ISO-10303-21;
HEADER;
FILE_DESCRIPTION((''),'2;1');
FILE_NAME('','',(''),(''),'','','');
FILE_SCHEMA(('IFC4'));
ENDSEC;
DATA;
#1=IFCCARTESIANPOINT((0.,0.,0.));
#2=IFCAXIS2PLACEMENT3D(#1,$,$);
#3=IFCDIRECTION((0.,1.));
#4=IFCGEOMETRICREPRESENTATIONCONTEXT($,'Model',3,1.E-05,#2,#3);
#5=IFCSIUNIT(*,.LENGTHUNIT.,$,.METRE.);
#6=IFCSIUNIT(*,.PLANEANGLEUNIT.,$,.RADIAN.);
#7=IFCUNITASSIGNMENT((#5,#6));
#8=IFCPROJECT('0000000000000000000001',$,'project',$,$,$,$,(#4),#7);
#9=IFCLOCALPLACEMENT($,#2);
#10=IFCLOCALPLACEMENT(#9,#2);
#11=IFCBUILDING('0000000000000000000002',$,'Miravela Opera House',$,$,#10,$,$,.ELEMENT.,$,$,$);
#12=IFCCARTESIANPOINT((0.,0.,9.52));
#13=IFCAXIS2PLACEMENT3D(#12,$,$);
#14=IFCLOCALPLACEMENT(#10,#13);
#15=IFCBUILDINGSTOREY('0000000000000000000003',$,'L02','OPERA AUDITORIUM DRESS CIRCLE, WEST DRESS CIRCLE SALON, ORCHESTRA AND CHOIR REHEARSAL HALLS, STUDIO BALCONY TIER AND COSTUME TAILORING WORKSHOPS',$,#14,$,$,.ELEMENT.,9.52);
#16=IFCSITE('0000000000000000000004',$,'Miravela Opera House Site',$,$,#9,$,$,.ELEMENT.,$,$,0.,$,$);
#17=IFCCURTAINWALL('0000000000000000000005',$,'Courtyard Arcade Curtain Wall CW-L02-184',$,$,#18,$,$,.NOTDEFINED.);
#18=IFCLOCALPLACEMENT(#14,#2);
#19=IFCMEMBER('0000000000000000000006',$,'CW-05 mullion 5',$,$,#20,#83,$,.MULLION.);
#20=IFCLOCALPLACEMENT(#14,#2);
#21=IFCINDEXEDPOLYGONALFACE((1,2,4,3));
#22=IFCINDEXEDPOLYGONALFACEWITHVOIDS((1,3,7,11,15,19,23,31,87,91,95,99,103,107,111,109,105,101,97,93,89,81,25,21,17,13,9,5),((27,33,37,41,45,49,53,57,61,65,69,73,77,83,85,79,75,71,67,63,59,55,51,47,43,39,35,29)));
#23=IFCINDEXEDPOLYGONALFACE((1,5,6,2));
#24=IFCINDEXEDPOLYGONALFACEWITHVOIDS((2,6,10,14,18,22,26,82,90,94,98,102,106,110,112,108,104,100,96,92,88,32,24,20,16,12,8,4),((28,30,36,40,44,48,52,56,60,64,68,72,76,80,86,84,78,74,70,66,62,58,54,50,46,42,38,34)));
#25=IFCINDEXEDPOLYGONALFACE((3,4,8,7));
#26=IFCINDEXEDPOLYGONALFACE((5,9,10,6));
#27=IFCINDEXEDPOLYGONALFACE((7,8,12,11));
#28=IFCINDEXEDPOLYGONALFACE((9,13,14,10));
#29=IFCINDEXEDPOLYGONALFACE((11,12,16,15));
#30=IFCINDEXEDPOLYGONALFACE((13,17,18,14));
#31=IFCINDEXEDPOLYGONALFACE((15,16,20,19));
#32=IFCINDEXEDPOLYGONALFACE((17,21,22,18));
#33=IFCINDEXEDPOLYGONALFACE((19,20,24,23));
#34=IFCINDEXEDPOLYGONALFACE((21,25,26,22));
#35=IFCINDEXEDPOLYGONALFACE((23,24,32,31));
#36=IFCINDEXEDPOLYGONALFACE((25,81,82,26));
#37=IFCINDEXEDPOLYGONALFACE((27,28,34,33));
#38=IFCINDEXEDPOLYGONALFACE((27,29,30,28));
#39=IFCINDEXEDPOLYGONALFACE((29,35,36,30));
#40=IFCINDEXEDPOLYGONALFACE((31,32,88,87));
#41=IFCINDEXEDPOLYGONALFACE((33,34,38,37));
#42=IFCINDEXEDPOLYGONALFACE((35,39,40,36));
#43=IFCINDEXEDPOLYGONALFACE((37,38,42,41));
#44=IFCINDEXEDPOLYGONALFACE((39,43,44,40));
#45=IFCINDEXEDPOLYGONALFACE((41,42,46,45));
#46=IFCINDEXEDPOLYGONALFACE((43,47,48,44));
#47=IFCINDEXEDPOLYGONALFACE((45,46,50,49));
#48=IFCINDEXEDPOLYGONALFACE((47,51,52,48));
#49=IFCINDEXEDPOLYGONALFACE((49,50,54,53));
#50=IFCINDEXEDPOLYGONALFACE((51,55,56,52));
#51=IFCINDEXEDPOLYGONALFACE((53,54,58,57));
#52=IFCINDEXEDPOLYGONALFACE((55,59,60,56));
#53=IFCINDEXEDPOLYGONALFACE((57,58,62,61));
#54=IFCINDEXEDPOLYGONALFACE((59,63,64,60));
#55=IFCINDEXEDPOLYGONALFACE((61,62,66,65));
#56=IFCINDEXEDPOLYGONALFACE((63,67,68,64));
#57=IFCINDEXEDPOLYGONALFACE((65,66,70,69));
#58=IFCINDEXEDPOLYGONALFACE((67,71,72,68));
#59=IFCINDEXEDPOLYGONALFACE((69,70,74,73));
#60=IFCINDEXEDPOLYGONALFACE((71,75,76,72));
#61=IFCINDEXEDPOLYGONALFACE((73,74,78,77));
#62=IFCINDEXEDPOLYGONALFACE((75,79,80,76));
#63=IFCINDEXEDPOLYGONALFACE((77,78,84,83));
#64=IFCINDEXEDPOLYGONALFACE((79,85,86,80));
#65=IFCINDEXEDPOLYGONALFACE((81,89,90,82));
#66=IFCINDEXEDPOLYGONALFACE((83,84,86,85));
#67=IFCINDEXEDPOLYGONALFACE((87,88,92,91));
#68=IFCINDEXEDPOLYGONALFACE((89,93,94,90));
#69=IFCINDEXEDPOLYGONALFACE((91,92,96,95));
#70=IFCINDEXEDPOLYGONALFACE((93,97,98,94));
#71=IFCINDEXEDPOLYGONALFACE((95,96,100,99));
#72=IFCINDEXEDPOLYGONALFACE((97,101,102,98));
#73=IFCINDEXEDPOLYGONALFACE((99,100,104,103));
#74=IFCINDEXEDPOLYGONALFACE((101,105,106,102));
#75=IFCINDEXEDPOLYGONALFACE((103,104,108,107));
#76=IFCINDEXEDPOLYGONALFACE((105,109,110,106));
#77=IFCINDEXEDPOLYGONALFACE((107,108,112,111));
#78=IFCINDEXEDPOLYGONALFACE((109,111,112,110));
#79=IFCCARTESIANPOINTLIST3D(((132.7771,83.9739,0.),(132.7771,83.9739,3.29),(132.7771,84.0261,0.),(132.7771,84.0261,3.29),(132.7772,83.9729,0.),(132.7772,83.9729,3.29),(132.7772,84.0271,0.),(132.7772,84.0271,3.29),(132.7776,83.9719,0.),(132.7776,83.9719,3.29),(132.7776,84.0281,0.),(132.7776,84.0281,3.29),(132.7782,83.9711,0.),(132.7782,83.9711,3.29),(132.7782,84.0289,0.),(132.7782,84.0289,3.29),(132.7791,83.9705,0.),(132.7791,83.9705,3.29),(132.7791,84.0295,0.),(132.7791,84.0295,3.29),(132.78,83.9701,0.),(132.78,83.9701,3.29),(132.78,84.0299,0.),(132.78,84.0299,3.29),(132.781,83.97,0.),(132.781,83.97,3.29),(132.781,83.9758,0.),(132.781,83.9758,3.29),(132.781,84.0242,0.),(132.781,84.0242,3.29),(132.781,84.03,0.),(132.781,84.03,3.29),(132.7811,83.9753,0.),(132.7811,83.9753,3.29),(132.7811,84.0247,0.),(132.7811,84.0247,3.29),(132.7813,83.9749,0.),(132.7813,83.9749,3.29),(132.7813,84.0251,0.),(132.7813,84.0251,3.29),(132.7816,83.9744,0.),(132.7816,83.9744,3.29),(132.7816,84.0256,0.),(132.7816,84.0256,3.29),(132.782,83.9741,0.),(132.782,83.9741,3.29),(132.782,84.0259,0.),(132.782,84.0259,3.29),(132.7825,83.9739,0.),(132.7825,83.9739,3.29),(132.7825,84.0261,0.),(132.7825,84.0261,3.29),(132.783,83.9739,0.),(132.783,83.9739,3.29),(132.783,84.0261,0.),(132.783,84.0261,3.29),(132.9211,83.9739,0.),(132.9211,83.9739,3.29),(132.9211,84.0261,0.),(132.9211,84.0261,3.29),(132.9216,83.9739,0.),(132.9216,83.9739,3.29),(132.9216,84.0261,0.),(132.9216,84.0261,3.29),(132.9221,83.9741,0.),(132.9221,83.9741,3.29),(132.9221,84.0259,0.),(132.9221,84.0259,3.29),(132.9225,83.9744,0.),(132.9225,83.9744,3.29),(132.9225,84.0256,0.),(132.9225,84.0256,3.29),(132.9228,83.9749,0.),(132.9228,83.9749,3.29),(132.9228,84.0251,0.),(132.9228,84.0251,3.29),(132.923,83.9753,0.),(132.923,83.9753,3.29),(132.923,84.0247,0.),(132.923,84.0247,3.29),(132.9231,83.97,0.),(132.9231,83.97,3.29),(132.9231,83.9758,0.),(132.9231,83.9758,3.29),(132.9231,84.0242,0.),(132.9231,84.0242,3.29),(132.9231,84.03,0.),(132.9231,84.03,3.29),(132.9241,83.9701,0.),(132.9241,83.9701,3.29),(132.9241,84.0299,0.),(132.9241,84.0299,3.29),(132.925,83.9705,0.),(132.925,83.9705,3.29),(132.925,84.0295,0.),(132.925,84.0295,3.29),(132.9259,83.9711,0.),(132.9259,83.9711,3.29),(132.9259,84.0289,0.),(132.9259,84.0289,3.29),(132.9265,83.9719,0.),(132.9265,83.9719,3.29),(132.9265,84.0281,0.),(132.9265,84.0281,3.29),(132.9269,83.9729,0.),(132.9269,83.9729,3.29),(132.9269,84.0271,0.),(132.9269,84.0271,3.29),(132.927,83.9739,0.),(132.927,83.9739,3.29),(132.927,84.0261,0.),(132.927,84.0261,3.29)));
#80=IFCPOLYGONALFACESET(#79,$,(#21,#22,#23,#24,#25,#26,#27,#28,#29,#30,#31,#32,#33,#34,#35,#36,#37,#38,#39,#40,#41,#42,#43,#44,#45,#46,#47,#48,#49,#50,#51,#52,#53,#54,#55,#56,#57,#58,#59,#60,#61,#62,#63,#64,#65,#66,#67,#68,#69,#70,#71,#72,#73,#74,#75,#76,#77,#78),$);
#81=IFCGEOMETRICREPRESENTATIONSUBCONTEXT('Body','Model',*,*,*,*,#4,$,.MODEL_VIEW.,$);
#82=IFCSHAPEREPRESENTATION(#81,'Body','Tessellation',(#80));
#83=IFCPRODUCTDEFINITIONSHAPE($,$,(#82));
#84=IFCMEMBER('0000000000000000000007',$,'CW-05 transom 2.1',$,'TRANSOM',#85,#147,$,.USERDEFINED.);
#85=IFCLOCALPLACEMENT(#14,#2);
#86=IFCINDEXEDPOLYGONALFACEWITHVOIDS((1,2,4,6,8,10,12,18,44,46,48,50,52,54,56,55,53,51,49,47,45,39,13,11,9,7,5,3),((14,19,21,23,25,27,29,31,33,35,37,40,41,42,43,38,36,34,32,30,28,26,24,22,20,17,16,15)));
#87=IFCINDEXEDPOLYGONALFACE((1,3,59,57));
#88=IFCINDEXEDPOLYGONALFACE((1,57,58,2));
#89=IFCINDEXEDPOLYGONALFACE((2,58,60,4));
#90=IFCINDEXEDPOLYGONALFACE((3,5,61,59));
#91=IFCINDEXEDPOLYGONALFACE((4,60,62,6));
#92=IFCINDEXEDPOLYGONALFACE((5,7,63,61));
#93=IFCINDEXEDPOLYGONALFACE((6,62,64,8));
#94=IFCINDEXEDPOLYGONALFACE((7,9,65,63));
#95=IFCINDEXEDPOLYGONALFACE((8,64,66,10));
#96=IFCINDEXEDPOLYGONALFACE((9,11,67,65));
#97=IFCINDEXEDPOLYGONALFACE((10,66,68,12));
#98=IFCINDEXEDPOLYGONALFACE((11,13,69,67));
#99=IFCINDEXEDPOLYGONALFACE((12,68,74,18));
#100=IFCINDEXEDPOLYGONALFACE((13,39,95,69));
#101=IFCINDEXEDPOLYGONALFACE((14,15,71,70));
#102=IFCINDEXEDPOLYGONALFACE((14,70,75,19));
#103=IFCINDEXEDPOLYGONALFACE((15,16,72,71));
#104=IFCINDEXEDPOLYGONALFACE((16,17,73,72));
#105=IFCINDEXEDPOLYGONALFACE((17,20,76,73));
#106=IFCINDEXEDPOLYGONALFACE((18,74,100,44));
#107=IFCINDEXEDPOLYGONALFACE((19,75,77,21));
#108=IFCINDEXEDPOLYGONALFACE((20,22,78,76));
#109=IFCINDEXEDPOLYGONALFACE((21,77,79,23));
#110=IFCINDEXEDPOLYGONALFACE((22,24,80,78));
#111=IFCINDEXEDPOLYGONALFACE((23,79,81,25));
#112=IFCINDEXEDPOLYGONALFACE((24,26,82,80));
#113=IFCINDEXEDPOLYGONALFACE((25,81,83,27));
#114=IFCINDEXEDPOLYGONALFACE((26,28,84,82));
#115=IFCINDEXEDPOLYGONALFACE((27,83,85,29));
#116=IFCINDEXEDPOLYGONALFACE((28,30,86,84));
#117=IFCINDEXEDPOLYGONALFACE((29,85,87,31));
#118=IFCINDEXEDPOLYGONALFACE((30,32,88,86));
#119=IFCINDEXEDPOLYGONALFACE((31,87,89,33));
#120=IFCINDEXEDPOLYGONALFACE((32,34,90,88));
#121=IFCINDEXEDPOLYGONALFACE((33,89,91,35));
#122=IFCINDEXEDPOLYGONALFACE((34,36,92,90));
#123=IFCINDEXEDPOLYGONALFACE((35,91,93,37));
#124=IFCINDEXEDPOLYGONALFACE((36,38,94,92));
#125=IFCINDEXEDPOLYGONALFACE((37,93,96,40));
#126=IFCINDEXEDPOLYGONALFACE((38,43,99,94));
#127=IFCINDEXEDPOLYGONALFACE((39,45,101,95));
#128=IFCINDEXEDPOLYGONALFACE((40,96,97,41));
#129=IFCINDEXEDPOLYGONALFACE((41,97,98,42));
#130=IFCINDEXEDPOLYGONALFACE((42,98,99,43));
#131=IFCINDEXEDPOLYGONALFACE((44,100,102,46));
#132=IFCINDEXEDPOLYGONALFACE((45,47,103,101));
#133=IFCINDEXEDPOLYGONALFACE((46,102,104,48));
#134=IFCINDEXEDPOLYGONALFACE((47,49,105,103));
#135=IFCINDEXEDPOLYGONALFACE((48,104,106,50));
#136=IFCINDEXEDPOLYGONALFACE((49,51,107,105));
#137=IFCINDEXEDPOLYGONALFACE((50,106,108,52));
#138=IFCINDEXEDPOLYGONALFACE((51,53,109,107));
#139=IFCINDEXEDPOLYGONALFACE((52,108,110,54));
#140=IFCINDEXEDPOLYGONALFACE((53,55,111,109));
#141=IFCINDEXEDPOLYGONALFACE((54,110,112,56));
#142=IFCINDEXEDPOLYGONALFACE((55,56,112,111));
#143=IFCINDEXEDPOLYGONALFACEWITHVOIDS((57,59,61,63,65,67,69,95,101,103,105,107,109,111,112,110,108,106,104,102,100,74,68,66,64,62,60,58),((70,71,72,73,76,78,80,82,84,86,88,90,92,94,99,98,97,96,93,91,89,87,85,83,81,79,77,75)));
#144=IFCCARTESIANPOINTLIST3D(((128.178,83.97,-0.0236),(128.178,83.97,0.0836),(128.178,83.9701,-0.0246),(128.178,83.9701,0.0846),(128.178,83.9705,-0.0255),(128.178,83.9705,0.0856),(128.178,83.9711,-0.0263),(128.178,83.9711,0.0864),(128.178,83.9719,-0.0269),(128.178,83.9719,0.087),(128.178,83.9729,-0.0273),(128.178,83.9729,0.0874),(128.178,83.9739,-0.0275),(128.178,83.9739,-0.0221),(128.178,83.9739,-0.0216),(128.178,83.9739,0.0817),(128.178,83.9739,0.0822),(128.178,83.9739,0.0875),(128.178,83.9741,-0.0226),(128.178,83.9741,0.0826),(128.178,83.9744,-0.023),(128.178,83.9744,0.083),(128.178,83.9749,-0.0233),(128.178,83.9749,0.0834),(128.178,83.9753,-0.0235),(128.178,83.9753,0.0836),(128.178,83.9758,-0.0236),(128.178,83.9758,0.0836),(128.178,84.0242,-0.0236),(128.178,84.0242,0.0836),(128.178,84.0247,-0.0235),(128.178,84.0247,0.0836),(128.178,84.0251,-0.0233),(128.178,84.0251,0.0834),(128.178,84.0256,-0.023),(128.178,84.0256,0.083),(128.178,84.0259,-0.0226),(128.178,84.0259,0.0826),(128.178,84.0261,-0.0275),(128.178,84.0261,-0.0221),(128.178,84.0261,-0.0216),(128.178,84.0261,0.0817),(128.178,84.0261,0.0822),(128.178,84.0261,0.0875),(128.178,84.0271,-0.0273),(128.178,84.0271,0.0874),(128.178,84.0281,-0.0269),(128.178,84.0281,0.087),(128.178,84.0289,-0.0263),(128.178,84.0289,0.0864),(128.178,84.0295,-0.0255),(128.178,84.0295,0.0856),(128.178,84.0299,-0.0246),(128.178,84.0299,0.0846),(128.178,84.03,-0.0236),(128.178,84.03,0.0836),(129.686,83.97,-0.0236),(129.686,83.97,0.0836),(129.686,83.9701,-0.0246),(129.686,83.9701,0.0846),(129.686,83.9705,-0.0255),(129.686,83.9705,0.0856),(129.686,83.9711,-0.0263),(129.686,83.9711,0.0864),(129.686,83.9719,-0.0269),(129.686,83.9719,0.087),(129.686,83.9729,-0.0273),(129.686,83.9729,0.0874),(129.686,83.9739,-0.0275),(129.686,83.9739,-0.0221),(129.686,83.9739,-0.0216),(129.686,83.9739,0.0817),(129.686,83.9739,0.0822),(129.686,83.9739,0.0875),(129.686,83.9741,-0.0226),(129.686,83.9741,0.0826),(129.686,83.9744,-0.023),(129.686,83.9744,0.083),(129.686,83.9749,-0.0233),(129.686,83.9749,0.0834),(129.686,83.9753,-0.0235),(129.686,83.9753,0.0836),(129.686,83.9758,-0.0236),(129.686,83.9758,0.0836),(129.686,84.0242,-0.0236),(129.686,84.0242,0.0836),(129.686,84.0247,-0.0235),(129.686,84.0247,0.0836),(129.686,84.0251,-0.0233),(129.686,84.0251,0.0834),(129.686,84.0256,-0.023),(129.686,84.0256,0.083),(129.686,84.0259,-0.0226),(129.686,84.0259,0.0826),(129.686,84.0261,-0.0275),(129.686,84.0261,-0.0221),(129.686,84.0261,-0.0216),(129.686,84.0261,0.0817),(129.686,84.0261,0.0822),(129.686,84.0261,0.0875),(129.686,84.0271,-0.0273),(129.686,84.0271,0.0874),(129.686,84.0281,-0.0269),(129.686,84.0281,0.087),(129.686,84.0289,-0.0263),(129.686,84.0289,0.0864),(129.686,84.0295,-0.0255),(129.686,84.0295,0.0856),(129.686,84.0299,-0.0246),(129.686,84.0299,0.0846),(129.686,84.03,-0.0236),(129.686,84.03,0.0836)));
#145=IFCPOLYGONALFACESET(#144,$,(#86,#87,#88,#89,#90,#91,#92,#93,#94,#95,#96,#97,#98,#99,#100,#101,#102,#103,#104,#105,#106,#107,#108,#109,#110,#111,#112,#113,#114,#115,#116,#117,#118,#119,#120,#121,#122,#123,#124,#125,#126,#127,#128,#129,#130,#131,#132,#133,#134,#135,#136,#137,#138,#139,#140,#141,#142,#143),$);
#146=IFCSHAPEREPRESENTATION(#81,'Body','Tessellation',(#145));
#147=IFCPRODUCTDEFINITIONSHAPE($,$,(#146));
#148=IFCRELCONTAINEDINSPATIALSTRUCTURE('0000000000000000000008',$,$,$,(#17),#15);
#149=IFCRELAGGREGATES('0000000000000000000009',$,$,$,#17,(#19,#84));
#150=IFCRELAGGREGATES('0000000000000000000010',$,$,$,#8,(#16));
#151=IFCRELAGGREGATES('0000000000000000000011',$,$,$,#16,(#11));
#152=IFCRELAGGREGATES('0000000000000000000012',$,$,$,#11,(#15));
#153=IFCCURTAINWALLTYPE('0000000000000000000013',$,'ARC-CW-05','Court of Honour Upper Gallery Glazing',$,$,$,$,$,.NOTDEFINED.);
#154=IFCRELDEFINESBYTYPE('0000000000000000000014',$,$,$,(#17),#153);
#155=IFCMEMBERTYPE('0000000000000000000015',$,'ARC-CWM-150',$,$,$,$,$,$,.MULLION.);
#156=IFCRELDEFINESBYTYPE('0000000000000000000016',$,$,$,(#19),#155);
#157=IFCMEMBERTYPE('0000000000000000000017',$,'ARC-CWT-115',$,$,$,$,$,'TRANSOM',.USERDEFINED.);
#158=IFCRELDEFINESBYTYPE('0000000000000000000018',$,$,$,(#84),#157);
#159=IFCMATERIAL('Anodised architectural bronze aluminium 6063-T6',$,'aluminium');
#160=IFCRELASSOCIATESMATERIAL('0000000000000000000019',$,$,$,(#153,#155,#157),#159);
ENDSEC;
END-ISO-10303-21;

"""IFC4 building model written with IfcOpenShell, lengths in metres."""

from ifc_helpers import new_model, si_unit, direction, frame, origin, origin_2d, place, context, subcontext, project, spatial, hollow_rectangle, extrude, material, material_profile, profile_set, type_object, element, aggregate, save


model = new_model("IFC4")

# Units and contexts
model_context = context("Model", 3, precision=1e-05, world=origin(), true_north=direction((0.0, 1.0)))
body_context = subcontext(model_context, "Body", "Model", "MODEL_VIEW")
ifc_project = project(units=[si_unit("LENGTHUNIT", "METRE"), si_unit("PLANEANGLEUNIT", "RADIAN")], contexts=[model_context])

# Site, building, storey
site_placement = place(None, origin())
site = spatial("IfcSite", under=ifc_project, at=site_placement, Name="Miravela Opera House Site", CompositionType="ELEMENT", RefElevation=0.0)
building_placement = place(site_placement, origin())
building = spatial("IfcBuilding", under=site, at=building_placement, Name="Miravela Opera House", CompositionType="ELEMENT")
storey_placement = place(building_placement, frame((0.0, 0.0, 9.52)))
storey = spatial("IfcBuildingStorey", under=building, at=storey_placement, Name="L02", Description="OPERA AUDITORIUM DRESS CIRCLE, WEST DRESS CIRCLE SALON, ORCHESTRA AND CHOIR REHEARSAL HALLS, STUDIO BALCONY TIER AND COSTUME TAILORING WORKSHOPS", CompositionType="ELEMENT", Elevation=9.52)

# Curtain wall, members
ifc_material_1 = material(Name="Anodised architectural bronze aluminium 6063-T6", Category="aluminium")
curtain_wall_type = type_object("IfcCurtainWallType", Name="ARC-CW-05", Description="Court of Honour Upper Gallery Glazing", PredefinedType="NOTDEFINED", material=ifc_material_1)
curtain_wall_placement = place(storey_placement, origin())
curtain_wall = element("IfcCurtainWall", 1, at=curtain_wall_placement, inside=storey, type_object=curtain_wall_type, Name="Courtyard Arcade Curtain Wall CW-L02-184", PredefinedType="NOTDEFINED")
ifc_material_profile_1 = material_profile(ifc_material_1, hollow_rectangle(XDim=0.0601, YDim=0.1499, WallThickness=0.0039, InnerFilletRadius=0.002, OuterFilletRadius=0.0039, at=origin_2d()), Name="CWM-60X150")
ifc_profile_set_1 = profile_set([ifc_material_profile_1])
member_type_1 = type_object("IfcMemberType", Name="ARC-CWM-150", PredefinedType="MULLION", material=ifc_profile_set_1)
member_1_placement = place(storey_placement, frame((132.8521, 84.0, 0.0), z_axis=(0.0, 0.0, 1.0), x_axis=(0.0, 1.0, 0.0)))
member_1 = element("IfcMember", 2, at=member_1_placement, type_object=member_type_1, Name="CW-05 mullion 5", PredefinedType="MULLION", context=body_context, shape_type="SweptSolid", body=[
    extrude(hollow_rectangle(XDim=0.0601, YDim=0.1499, WallThickness=0.0039, InnerFilletRadius=0.002, OuterFilletRadius=0.0039, at=origin_2d()), origin(), (0.0, 0.0, 1.0), 3.29),
])
ifc_material_profile_2 = material_profile(ifc_material_1, hollow_rectangle(XDim=0.0601, YDim=0.115, WallThickness=0.0039, InnerFilletRadius=0.002, OuterFilletRadius=0.0039, at=origin_2d()), Name="CWT-60X115")
ifc_profile_set_2 = profile_set([ifc_material_profile_2])
member_type_2 = type_object("IfcMemberType", Name="ARC-CWT-115", ElementType="TRANSOM", PredefinedType="USERDEFINED", material=ifc_profile_set_2)
member_2_placement = place(storey_placement, frame((128.178, 84.0, 0.03), z_axis=(1.0, 0.0, 0.0), x_axis=(0.0, 1.0, 0.0)))
member_2 = element("IfcMember", 3, at=member_2_placement, type_object=member_type_2, Name="CW-05 transom 2.1", ObjectType="TRANSOM", PredefinedType="USERDEFINED", context=body_context, shape_type="SweptSolid", body=[
    extrude(hollow_rectangle(XDim=0.0601, YDim=0.115, WallThickness=0.0039, InnerFilletRadius=0.002, OuterFilletRadius=0.0039, at=origin_2d()), origin(), (0.0, 0.0, 1.0), 1.5081),
])
aggregate(curtain_wall, [member_1, member_2])

save(model, "model.ifc")
